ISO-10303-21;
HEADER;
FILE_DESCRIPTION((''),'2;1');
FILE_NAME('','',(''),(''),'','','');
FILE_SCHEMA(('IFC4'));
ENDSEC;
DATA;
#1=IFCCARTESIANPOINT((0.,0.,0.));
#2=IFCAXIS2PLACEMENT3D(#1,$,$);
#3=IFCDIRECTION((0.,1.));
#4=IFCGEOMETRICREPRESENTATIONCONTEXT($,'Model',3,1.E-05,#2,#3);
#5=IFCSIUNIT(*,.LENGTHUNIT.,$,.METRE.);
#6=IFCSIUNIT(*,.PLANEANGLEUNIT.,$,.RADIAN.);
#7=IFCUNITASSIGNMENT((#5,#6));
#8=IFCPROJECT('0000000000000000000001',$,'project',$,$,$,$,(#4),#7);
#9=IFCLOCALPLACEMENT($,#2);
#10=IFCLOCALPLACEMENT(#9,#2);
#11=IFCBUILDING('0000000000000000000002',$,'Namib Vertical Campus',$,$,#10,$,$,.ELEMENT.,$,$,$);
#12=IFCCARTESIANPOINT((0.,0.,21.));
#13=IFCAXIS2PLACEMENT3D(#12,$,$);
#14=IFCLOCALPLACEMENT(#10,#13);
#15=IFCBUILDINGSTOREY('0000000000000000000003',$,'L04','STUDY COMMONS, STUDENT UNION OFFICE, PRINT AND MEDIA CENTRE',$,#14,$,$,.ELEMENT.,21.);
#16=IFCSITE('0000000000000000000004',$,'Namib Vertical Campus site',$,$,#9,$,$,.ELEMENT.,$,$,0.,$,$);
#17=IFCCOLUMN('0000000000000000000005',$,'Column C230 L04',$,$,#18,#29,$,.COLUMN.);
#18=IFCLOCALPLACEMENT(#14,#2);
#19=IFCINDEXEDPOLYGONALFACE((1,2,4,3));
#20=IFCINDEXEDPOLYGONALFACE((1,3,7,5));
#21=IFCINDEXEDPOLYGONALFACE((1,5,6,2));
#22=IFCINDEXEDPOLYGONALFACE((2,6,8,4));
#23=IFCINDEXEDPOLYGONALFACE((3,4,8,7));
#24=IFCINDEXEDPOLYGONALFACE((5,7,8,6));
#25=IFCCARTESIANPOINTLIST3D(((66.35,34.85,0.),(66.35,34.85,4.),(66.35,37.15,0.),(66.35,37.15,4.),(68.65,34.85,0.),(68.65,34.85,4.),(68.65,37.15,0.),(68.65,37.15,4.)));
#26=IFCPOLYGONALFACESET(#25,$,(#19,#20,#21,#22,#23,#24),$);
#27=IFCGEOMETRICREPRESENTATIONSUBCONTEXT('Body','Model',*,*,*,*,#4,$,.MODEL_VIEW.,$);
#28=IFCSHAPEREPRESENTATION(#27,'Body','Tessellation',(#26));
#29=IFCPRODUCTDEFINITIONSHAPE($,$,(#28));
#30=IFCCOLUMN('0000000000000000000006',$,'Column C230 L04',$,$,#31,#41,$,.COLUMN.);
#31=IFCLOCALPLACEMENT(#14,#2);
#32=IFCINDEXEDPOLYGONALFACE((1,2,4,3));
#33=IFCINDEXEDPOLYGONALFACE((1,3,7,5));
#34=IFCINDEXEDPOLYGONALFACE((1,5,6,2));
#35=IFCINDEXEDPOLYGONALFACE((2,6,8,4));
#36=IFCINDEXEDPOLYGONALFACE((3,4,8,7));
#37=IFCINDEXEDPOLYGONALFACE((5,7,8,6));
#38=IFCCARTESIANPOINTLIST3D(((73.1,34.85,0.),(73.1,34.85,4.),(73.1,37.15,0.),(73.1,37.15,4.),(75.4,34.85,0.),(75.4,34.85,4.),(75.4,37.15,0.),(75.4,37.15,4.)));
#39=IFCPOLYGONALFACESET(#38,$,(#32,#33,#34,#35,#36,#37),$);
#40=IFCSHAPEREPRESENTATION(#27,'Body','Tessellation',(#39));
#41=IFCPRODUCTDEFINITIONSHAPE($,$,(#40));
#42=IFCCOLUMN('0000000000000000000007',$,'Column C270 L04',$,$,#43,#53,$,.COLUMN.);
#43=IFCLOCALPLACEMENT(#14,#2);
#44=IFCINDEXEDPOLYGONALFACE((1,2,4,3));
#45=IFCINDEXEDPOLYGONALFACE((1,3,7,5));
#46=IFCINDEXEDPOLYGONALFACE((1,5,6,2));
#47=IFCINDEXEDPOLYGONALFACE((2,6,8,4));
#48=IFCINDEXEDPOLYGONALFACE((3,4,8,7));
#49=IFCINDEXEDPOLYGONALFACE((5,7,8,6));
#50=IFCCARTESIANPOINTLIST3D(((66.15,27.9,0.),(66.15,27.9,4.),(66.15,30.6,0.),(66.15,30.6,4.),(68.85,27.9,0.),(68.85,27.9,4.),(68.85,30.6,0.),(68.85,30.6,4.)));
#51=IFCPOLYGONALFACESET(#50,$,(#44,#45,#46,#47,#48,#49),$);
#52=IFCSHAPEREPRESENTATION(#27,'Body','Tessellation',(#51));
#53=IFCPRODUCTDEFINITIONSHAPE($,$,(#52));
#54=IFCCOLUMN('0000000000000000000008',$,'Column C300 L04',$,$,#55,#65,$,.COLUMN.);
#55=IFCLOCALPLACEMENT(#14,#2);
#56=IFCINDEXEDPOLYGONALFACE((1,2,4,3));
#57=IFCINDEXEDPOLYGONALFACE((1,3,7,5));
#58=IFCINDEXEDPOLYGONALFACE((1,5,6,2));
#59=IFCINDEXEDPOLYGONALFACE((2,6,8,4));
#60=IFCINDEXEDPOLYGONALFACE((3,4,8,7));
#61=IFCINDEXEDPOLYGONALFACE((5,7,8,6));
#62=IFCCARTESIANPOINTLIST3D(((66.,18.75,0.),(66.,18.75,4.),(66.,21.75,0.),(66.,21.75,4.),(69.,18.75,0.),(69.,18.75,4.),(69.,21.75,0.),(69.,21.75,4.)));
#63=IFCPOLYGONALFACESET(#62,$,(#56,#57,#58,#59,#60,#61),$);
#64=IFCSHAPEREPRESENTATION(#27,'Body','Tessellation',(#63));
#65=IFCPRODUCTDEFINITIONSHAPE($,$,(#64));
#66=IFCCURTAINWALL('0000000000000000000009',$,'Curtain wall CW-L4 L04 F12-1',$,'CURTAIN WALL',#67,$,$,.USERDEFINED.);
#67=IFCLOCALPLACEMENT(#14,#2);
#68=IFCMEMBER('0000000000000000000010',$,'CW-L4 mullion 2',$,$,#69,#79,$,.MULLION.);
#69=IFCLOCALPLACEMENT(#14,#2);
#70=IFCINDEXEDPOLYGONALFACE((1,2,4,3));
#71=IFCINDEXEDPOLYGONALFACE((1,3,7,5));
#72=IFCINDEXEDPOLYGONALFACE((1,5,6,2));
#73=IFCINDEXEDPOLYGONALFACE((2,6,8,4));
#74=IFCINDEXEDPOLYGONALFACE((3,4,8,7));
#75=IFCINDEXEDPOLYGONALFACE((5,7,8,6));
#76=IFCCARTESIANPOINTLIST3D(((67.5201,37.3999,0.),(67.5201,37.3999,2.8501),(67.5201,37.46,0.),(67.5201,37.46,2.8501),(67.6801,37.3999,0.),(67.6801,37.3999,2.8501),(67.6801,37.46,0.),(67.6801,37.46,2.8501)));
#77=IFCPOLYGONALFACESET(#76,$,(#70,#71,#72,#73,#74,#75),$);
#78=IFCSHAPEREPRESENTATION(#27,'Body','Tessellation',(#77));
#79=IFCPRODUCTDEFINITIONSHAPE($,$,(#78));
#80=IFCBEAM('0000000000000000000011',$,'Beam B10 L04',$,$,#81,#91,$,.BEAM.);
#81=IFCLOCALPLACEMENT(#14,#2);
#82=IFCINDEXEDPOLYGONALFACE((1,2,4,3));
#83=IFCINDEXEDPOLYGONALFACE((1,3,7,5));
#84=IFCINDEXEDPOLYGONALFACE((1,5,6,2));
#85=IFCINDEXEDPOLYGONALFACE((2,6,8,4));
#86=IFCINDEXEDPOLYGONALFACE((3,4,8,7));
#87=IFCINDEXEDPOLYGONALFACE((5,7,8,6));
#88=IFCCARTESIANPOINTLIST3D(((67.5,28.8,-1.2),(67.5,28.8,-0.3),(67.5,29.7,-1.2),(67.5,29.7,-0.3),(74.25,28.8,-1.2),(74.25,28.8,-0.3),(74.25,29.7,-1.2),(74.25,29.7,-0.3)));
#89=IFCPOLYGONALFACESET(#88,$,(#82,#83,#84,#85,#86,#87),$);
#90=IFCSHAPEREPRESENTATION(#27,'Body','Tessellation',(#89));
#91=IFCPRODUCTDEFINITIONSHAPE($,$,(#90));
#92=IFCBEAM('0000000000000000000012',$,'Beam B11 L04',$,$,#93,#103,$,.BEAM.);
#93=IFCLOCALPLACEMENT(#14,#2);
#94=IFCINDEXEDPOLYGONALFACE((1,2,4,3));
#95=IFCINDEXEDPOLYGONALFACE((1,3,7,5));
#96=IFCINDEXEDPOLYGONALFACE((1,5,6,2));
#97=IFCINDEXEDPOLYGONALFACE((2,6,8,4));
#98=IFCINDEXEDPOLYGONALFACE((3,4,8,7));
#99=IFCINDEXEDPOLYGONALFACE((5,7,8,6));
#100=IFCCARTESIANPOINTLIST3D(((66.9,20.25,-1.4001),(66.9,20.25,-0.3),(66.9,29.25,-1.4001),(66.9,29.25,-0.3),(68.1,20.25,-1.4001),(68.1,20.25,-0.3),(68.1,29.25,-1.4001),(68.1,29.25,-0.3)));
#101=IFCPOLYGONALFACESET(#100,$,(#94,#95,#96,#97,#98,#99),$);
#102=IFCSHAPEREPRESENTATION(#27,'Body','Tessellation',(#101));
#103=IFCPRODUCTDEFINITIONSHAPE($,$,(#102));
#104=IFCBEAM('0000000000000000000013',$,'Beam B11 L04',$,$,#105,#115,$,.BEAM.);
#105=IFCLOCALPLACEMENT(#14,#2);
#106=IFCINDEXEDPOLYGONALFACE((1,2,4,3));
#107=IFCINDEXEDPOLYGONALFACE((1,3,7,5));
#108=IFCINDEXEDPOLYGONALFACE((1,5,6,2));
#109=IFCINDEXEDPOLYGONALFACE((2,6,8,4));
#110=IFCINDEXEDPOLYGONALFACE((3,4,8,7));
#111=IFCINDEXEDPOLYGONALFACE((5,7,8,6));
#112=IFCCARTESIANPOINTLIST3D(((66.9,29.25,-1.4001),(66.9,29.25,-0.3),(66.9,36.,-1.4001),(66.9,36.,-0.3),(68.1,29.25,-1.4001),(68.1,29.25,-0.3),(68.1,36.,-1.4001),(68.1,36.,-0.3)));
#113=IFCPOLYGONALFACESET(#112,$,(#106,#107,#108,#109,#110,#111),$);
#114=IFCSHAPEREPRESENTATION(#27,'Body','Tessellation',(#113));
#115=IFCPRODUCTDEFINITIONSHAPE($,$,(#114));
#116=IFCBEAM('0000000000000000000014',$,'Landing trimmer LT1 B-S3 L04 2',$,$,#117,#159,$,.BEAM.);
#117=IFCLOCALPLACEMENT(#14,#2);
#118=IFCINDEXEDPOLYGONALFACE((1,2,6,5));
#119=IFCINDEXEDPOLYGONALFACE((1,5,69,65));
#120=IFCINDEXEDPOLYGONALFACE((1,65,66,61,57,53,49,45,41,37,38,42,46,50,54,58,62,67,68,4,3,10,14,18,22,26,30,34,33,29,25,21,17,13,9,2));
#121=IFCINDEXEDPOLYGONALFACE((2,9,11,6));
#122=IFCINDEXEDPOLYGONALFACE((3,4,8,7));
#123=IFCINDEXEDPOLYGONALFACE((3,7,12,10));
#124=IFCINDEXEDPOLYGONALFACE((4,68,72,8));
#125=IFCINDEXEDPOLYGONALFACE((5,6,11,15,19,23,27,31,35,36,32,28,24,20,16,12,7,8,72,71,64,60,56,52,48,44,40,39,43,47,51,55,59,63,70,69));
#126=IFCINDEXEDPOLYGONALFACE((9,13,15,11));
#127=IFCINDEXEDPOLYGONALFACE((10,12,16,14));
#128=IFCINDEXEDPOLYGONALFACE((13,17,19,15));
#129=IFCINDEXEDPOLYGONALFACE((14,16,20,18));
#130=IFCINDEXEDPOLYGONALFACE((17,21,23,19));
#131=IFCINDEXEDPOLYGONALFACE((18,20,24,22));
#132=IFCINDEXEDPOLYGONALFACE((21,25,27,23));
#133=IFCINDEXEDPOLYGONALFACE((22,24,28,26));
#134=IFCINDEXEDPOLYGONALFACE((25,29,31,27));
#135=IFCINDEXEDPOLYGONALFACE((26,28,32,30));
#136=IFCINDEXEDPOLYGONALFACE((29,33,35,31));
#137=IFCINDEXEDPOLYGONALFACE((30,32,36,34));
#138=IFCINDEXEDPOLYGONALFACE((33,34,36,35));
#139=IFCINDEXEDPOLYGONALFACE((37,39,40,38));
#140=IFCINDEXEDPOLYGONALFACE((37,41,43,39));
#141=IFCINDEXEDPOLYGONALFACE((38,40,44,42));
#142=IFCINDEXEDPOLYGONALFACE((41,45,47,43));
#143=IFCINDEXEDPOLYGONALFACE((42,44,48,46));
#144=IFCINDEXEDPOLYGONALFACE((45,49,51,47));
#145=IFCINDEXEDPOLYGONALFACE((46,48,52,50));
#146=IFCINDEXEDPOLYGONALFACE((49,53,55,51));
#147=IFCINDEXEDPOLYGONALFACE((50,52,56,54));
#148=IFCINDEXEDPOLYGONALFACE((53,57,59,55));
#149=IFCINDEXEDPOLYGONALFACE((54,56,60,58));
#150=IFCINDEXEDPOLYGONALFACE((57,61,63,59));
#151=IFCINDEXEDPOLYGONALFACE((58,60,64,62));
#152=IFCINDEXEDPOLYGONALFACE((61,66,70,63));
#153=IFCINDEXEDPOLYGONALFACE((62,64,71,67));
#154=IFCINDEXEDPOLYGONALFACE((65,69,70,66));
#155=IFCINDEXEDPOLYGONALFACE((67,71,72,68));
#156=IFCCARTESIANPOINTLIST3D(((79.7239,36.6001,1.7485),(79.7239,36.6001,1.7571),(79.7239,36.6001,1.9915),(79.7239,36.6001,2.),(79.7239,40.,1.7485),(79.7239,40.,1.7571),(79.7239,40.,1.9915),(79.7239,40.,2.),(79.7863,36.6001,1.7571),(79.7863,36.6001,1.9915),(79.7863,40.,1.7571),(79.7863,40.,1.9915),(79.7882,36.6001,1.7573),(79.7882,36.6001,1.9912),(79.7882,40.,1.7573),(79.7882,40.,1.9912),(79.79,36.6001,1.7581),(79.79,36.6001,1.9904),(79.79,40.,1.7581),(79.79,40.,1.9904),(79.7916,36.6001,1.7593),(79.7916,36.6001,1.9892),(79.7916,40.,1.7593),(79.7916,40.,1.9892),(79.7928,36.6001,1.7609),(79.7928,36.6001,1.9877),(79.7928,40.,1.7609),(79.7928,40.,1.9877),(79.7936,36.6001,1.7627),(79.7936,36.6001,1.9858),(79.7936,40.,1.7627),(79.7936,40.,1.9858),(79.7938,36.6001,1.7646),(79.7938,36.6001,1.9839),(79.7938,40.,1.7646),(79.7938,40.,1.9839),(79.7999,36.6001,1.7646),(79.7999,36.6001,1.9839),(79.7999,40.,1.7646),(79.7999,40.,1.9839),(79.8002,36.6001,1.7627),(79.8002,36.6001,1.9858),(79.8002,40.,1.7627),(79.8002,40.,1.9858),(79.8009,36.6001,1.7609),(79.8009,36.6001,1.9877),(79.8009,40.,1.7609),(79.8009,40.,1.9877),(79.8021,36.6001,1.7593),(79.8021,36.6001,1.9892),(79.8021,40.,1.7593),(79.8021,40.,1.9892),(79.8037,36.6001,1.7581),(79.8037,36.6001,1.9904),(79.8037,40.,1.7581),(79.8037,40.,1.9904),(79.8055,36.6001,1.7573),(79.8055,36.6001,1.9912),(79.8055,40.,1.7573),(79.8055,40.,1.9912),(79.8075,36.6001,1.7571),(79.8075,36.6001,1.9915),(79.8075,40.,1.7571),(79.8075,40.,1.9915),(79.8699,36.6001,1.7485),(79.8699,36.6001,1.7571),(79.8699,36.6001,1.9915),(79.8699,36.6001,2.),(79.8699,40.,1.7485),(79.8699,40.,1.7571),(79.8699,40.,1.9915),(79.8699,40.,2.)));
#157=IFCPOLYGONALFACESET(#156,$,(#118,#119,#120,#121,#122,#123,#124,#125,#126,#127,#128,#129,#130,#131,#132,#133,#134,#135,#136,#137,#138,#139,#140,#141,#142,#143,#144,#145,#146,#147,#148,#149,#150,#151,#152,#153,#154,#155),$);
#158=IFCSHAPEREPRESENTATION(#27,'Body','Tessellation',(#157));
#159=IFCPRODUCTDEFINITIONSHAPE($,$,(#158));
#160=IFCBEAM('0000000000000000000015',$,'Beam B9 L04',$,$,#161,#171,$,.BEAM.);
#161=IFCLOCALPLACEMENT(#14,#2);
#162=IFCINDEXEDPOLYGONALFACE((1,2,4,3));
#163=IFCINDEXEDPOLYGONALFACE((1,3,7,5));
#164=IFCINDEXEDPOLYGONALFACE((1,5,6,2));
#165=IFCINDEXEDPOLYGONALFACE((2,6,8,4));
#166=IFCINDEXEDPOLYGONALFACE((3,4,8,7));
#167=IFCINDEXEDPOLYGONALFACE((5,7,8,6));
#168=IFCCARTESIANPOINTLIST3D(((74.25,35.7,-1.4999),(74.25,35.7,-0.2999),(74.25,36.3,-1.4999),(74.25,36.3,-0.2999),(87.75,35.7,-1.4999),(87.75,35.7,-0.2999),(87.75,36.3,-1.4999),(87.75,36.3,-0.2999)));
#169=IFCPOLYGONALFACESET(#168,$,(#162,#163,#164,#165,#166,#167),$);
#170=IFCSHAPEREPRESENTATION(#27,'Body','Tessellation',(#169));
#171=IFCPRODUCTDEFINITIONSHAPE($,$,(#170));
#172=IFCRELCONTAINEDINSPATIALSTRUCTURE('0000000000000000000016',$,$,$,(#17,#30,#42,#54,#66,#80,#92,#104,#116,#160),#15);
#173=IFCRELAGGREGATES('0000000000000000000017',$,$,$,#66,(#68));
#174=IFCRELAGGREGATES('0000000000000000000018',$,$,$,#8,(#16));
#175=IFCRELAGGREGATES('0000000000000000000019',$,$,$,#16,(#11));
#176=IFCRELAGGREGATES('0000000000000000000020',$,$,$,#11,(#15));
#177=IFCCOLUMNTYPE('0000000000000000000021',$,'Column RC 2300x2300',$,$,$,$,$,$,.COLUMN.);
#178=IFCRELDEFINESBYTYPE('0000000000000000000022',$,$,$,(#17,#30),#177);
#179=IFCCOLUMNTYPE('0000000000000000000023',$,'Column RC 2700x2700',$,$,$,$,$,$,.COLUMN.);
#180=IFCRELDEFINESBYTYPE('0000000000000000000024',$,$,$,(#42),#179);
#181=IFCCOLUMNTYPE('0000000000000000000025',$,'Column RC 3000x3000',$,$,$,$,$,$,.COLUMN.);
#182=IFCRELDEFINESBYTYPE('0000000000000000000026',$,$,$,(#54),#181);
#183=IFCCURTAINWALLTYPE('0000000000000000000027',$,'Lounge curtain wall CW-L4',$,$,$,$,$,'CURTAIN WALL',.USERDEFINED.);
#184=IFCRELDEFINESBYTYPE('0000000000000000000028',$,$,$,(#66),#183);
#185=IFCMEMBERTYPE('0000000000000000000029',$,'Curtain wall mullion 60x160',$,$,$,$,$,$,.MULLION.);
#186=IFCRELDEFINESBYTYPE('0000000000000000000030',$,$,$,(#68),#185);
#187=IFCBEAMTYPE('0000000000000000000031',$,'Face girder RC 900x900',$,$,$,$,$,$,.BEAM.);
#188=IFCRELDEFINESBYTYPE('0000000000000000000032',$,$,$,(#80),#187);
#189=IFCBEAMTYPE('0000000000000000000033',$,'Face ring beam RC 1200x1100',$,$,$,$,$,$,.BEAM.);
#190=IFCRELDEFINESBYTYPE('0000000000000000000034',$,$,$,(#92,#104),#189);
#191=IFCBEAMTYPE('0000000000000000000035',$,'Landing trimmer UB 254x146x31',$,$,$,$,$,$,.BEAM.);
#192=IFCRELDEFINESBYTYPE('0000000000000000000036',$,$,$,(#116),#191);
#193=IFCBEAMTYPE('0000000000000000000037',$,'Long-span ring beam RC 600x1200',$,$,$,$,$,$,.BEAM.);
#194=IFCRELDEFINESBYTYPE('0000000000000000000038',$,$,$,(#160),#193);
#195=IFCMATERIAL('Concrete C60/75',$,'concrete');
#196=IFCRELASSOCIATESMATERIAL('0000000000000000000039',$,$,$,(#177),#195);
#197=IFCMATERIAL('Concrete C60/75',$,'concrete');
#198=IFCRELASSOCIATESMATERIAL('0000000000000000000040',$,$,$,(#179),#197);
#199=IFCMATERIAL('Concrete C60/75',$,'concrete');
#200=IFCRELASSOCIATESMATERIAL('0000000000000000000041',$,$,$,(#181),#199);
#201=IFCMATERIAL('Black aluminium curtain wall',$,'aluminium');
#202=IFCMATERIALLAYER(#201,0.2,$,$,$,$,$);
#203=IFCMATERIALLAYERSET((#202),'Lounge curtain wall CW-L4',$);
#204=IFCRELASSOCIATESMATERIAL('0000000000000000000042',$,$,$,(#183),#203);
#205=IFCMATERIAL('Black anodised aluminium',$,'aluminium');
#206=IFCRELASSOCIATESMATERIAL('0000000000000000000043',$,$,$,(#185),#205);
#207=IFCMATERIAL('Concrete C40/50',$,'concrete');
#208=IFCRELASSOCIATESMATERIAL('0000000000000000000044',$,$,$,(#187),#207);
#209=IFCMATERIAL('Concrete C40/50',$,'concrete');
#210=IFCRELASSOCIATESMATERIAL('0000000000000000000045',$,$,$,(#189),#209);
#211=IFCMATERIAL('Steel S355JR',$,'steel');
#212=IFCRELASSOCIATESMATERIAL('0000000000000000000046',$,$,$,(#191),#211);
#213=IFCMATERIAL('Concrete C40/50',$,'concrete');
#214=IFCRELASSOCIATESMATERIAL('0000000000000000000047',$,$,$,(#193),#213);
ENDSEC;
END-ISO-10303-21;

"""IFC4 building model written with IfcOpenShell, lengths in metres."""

from ifc_helpers import new_model, si_unit, direction, frame, origin, origin_2d, place, context, subcontext, project, spatial, rectangle, i_section, extrude, material, layer, layer_set, material_profile, profile_set, type_object, element, aggregate, save


model = new_model("IFC4")

# Units and contexts
model_context = context("Model", 3, precision=1e-05, world=origin(), true_north=direction((0.0, 1.0)))
body_context = subcontext(model_context, "Body", "Model", "MODEL_VIEW")
ifc_project = project(units=[si_unit("LENGTHUNIT", "METRE"), si_unit("PLANEANGLEUNIT", "RADIAN")], contexts=[model_context])

# Site, building, storey
site_placement = place(None, origin())
site = spatial("IfcSite", under=ifc_project, at=site_placement, Name="Namib Vertical Campus site", CompositionType="ELEMENT", RefElevation=0.0)
building_placement = place(site_placement, origin())
building = spatial("IfcBuilding", under=site, at=building_placement, Name="Namib Vertical Campus", CompositionType="ELEMENT")
storey_placement = place(building_placement, frame((0.0, 0.0, 21.0)))
storey = spatial("IfcBuildingStorey", under=building, at=storey_placement, Name="L04", Description="STUDY COMMONS, STUDENT UNION OFFICE, PRINT AND MEDIA CENTRE", CompositionType="ELEMENT", Elevation=21.0)

# Columns
ifc_material_1 = material(Name="Concrete C60/75", Category="concrete")
ifc_material_profile_1 = material_profile(ifc_material_1, rectangle(XDim=2.3, YDim=2.3, at=origin_2d()))
ifc_profile_set_1 = profile_set([ifc_material_profile_1], Name="Concrete C60/75")
column_type_1 = type_object("IfcColumnType", Name="Column RC 2300x2300", PredefinedType="COLUMN", material=ifc_profile_set_1)
for number, where, z_axis, x_axis, name in (
    (1, (67.5, 36.0, 0.0), (0.0, 0.0, 1.0), (1.0, 0.0, 0.0), "Column C230 L04"),
    (2, (74.25, 36.0, 0.0), (0.0, 0.0, 1.0), (1.0, 0.0, 0.0), "Column C230 L04"),
):
    element("IfcColumn", number, at=place(storey_placement, frame(where, z_axis=z_axis, x_axis=x_axis)), inside=storey, type_object=column_type_1, Name=name, PredefinedType="COLUMN", context=body_context, shape_type="SweptSolid", body=[
        extrude(rectangle(XDim=2.3, YDim=2.3, at=origin_2d()), origin(), (0.0, 0.0, 1.0), 4.0),
    ])
ifc_material_2 = material(Name="Concrete C60/75", Category="concrete")
ifc_material_profile_2 = material_profile(ifc_material_2, rectangle(XDim=2.7, YDim=2.7, at=origin_2d()))
ifc_profile_set_2 = profile_set([ifc_material_profile_2], Name="Concrete C60/75")
column_type_2 = type_object("IfcColumnType", Name="Column RC 2700x2700", PredefinedType="COLUMN", material=ifc_profile_set_2)
column_1_placement = place(storey_placement, frame((67.5, 29.25, 0.0), z_axis=(0.0, 0.0, 1.0), x_axis=(1.0, 0.0, 0.0)))
element("IfcColumn", 3, at=column_1_placement, inside=storey, type_object=column_type_2, Name="Column C270 L04", PredefinedType="COLUMN", context=body_context, shape_type="SweptSolid", body=[
    extrude(rectangle(XDim=2.7, YDim=2.7, at=origin_2d()), origin(), (0.0, 0.0, 1.0), 4.0),
])
ifc_material_3 = material(Name="Concrete C60/75", Category="concrete")
ifc_material_profile_3 = material_profile(ifc_material_3, rectangle(XDim=3.0, YDim=3.0, at=origin_2d()))
ifc_profile_set_3 = profile_set([ifc_material_profile_3], Name="Concrete C60/75")
column_type_3 = type_object("IfcColumnType", Name="Column RC 3000x3000", PredefinedType="COLUMN", material=ifc_profile_set_3)
column_2_placement = place(storey_placement, frame((67.5, 20.25, 0.0), z_axis=(0.0, 0.0, 1.0), x_axis=(1.0, 0.0, 0.0)))
element("IfcColumn", 4, at=column_2_placement, inside=storey, type_object=column_type_3, Name="Column C300 L04", PredefinedType="COLUMN", context=body_context, shape_type="SweptSolid", body=[
    extrude(rectangle(XDim=3.0, YDim=3.0, at=origin_2d()), origin(), (0.0, 0.0, 1.0), 4.0),
])

# Curtain wall, member
ifc_material_4 = material(Name="Black aluminium curtain wall", Category="aluminium")
ifc_layer_1 = layer(ifc_material_4, 0.2)
ifc_layer_set_1 = layer_set([ifc_layer_1], Name="Lounge curtain wall CW-L4")
curtain_wall_type = type_object("IfcCurtainWallType", Name="Lounge curtain wall CW-L4", ElementType="CURTAIN WALL", PredefinedType="USERDEFINED", material=ifc_layer_set_1)
curtain_wall_placement = place(storey_placement, origin())
curtain_wall = element("IfcCurtainWall", 5, at=curtain_wall_placement, inside=storey, type_object=curtain_wall_type, Name="Curtain wall CW-L4 L04 F12-1", ObjectType="CURTAIN WALL", PredefinedType="USERDEFINED")
ifc_material_5 = material(Name="Black anodised aluminium", Category="aluminium")
ifc_material_profile_4 = material_profile(ifc_material_5, rectangle(XDim=0.0601, YDim=0.1599, at=origin_2d()))
ifc_profile_set_4 = profile_set([ifc_material_profile_4], Name="Black anodised aluminium")
member_type = type_object("IfcMemberType", Name="Curtain wall mullion 60x160", PredefinedType="MULLION", material=ifc_profile_set_4)
member_placement = place(storey_placement, frame((67.6001, 37.4299, 0.0), z_axis=(0.0, 0.0, 1.0), x_axis=(0.0, -1.0, 0.0)))
member = element("IfcMember", 6, at=member_placement, type_object=member_type, Name="CW-L4 mullion 2", PredefinedType="MULLION", context=body_context, shape_type="SweptSolid", body=[
    extrude(rectangle(XDim=0.0601, YDim=0.1599, at=origin_2d()), origin(), (0.0, 0.0, 1.0), 2.8501),
])
aggregate(curtain_wall, [member])

# Beams
ifc_material_6 = material(Name="Concrete C40/50", Category="concrete")
ifc_material_profile_5 = material_profile(ifc_material_6, rectangle(XDim=0.8999, YDim=0.8999, at=origin_2d()))
ifc_profile_set_5 = profile_set([ifc_material_profile_5], Name="Concrete C40/50")
beam_type_1 = type_object("IfcBeamType", Name="Face girder RC 900x900", PredefinedType="BEAM", material=ifc_profile_set_5)
beam_1_placement = place(storey_placement, frame((67.5, 29.25, -0.75), z_axis=(1.0, 0.0, 0.0), x_axis=(0.0, 1.0, 0.0)))
element("IfcBeam", 7, at=beam_1_placement, inside=storey, type_object=beam_type_1, Name="Beam B10 L04", PredefinedType="BEAM", context=body_context, shape_type="SweptSolid", body=[
    extrude(rectangle(XDim=0.8999, YDim=0.8999, at=origin_2d()), origin(), (0.0, 0.0, 1.0), 6.75),
])
ifc_material_7 = material(Name="Concrete C40/50", Category="concrete")
ifc_material_profile_6 = material_profile(ifc_material_7, rectangle(XDim=1.2, YDim=1.1001, at=origin_2d()))
ifc_profile_set_6 = profile_set([ifc_material_profile_6], Name="Concrete C40/50")
beam_type_2 = type_object("IfcBeamType", Name="Face ring beam RC 1200x1100", PredefinedType="BEAM", material=ifc_profile_set_6)
beam_2_placement = place(storey_placement, frame((67.5, 20.25, -0.8501), z_axis=(0.0, 1.0, 0.0), x_axis=(-1.0, 0.0, 0.0)))
element("IfcBeam", 8, at=beam_2_placement, inside=storey, type_object=beam_type_2, Name="Beam B11 L04", PredefinedType="BEAM", context=body_context, shape_type="SweptSolid", body=[
    extrude(rectangle(XDim=1.2, YDim=1.1001, at=origin_2d()), origin(), (0.0, 0.0, 1.0), 9.0),
])
beam_3_placement = place(storey_placement, frame((67.5, 29.25, -0.8501), z_axis=(0.0, 1.0, 0.0), x_axis=(-1.0, 0.0, 0.0)))
element("IfcBeam", 9, at=beam_3_placement, inside=storey, type_object=beam_type_2, Name="Beam B11 L04", PredefinedType="BEAM", context=body_context, shape_type="SweptSolid", body=[
    extrude(rectangle(XDim=1.2, YDim=1.1001, at=origin_2d()), origin(), (0.0, 0.0, 1.0), 6.75),
])
ifc_material_8 = material(Name="Steel S355JR", Category="steel")
ifc_material_profile_7 = material_profile(ifc_material_8, i_section(OverallWidth=0.146, OverallDepth=0.2515, WebThickness=0.0061, FlangeThickness=0.0085, FilletRadius=0.0076, at=origin_2d()))
ifc_profile_set_7 = profile_set([ifc_material_profile_7], Name="Steel S355JR")
beam_type_3 = type_object("IfcBeamType", Name="Landing trimmer UB 254x146x31", PredefinedType="BEAM", material=ifc_profile_set_7)
beam_4_placement = place(storey_placement, frame((79.7969, 36.6001, 1.8743), z_axis=(0.0, 1.0, 0.0), x_axis=(-1.0, 0.0, 0.0)))
element("IfcBeam", 10, at=beam_4_placement, inside=storey, type_object=beam_type_3, Name="Landing trimmer LT1 B-S3 L04 2", PredefinedType="BEAM", context=body_context, shape_type="SweptSolid", body=[
    extrude(i_section(OverallWidth=0.146, OverallDepth=0.2515, WebThickness=0.0061, FlangeThickness=0.0085, FilletRadius=0.0076, at=origin_2d()), origin(), (0.0, 0.0, 1.0), 3.3999),
])
ifc_material_9 = material(Name="Concrete C40/50", Category="concrete")
ifc_material_profile_8 = material_profile(ifc_material_9, rectangle(XDim=0.6001, YDim=1.2, at=origin_2d()))
ifc_profile_set_8 = profile_set([ifc_material_profile_8], Name="Concrete C40/50")
beam_type_4 = type_object("IfcBeamType", Name="Long-span ring beam RC 600x1200", PredefinedType="BEAM", material=ifc_profile_set_8)
beam_5_placement = place(storey_placement, frame((74.25, 36.0, -0.8999), z_axis=(1.0, 0.0, 0.0), x_axis=(0.0, 1.0, 0.0)))
element("IfcBeam", 11, at=beam_5_placement, inside=storey, type_object=beam_type_4, Name="Beam B9 L04", PredefinedType="BEAM", context=body_context, shape_type="SweptSolid", body=[
    extrude(rectangle(XDim=0.6001, YDim=1.2, at=origin_2d()), origin(), (0.0, 0.0, 1.0), 13.5),
])

save(model, "model.ifc")
